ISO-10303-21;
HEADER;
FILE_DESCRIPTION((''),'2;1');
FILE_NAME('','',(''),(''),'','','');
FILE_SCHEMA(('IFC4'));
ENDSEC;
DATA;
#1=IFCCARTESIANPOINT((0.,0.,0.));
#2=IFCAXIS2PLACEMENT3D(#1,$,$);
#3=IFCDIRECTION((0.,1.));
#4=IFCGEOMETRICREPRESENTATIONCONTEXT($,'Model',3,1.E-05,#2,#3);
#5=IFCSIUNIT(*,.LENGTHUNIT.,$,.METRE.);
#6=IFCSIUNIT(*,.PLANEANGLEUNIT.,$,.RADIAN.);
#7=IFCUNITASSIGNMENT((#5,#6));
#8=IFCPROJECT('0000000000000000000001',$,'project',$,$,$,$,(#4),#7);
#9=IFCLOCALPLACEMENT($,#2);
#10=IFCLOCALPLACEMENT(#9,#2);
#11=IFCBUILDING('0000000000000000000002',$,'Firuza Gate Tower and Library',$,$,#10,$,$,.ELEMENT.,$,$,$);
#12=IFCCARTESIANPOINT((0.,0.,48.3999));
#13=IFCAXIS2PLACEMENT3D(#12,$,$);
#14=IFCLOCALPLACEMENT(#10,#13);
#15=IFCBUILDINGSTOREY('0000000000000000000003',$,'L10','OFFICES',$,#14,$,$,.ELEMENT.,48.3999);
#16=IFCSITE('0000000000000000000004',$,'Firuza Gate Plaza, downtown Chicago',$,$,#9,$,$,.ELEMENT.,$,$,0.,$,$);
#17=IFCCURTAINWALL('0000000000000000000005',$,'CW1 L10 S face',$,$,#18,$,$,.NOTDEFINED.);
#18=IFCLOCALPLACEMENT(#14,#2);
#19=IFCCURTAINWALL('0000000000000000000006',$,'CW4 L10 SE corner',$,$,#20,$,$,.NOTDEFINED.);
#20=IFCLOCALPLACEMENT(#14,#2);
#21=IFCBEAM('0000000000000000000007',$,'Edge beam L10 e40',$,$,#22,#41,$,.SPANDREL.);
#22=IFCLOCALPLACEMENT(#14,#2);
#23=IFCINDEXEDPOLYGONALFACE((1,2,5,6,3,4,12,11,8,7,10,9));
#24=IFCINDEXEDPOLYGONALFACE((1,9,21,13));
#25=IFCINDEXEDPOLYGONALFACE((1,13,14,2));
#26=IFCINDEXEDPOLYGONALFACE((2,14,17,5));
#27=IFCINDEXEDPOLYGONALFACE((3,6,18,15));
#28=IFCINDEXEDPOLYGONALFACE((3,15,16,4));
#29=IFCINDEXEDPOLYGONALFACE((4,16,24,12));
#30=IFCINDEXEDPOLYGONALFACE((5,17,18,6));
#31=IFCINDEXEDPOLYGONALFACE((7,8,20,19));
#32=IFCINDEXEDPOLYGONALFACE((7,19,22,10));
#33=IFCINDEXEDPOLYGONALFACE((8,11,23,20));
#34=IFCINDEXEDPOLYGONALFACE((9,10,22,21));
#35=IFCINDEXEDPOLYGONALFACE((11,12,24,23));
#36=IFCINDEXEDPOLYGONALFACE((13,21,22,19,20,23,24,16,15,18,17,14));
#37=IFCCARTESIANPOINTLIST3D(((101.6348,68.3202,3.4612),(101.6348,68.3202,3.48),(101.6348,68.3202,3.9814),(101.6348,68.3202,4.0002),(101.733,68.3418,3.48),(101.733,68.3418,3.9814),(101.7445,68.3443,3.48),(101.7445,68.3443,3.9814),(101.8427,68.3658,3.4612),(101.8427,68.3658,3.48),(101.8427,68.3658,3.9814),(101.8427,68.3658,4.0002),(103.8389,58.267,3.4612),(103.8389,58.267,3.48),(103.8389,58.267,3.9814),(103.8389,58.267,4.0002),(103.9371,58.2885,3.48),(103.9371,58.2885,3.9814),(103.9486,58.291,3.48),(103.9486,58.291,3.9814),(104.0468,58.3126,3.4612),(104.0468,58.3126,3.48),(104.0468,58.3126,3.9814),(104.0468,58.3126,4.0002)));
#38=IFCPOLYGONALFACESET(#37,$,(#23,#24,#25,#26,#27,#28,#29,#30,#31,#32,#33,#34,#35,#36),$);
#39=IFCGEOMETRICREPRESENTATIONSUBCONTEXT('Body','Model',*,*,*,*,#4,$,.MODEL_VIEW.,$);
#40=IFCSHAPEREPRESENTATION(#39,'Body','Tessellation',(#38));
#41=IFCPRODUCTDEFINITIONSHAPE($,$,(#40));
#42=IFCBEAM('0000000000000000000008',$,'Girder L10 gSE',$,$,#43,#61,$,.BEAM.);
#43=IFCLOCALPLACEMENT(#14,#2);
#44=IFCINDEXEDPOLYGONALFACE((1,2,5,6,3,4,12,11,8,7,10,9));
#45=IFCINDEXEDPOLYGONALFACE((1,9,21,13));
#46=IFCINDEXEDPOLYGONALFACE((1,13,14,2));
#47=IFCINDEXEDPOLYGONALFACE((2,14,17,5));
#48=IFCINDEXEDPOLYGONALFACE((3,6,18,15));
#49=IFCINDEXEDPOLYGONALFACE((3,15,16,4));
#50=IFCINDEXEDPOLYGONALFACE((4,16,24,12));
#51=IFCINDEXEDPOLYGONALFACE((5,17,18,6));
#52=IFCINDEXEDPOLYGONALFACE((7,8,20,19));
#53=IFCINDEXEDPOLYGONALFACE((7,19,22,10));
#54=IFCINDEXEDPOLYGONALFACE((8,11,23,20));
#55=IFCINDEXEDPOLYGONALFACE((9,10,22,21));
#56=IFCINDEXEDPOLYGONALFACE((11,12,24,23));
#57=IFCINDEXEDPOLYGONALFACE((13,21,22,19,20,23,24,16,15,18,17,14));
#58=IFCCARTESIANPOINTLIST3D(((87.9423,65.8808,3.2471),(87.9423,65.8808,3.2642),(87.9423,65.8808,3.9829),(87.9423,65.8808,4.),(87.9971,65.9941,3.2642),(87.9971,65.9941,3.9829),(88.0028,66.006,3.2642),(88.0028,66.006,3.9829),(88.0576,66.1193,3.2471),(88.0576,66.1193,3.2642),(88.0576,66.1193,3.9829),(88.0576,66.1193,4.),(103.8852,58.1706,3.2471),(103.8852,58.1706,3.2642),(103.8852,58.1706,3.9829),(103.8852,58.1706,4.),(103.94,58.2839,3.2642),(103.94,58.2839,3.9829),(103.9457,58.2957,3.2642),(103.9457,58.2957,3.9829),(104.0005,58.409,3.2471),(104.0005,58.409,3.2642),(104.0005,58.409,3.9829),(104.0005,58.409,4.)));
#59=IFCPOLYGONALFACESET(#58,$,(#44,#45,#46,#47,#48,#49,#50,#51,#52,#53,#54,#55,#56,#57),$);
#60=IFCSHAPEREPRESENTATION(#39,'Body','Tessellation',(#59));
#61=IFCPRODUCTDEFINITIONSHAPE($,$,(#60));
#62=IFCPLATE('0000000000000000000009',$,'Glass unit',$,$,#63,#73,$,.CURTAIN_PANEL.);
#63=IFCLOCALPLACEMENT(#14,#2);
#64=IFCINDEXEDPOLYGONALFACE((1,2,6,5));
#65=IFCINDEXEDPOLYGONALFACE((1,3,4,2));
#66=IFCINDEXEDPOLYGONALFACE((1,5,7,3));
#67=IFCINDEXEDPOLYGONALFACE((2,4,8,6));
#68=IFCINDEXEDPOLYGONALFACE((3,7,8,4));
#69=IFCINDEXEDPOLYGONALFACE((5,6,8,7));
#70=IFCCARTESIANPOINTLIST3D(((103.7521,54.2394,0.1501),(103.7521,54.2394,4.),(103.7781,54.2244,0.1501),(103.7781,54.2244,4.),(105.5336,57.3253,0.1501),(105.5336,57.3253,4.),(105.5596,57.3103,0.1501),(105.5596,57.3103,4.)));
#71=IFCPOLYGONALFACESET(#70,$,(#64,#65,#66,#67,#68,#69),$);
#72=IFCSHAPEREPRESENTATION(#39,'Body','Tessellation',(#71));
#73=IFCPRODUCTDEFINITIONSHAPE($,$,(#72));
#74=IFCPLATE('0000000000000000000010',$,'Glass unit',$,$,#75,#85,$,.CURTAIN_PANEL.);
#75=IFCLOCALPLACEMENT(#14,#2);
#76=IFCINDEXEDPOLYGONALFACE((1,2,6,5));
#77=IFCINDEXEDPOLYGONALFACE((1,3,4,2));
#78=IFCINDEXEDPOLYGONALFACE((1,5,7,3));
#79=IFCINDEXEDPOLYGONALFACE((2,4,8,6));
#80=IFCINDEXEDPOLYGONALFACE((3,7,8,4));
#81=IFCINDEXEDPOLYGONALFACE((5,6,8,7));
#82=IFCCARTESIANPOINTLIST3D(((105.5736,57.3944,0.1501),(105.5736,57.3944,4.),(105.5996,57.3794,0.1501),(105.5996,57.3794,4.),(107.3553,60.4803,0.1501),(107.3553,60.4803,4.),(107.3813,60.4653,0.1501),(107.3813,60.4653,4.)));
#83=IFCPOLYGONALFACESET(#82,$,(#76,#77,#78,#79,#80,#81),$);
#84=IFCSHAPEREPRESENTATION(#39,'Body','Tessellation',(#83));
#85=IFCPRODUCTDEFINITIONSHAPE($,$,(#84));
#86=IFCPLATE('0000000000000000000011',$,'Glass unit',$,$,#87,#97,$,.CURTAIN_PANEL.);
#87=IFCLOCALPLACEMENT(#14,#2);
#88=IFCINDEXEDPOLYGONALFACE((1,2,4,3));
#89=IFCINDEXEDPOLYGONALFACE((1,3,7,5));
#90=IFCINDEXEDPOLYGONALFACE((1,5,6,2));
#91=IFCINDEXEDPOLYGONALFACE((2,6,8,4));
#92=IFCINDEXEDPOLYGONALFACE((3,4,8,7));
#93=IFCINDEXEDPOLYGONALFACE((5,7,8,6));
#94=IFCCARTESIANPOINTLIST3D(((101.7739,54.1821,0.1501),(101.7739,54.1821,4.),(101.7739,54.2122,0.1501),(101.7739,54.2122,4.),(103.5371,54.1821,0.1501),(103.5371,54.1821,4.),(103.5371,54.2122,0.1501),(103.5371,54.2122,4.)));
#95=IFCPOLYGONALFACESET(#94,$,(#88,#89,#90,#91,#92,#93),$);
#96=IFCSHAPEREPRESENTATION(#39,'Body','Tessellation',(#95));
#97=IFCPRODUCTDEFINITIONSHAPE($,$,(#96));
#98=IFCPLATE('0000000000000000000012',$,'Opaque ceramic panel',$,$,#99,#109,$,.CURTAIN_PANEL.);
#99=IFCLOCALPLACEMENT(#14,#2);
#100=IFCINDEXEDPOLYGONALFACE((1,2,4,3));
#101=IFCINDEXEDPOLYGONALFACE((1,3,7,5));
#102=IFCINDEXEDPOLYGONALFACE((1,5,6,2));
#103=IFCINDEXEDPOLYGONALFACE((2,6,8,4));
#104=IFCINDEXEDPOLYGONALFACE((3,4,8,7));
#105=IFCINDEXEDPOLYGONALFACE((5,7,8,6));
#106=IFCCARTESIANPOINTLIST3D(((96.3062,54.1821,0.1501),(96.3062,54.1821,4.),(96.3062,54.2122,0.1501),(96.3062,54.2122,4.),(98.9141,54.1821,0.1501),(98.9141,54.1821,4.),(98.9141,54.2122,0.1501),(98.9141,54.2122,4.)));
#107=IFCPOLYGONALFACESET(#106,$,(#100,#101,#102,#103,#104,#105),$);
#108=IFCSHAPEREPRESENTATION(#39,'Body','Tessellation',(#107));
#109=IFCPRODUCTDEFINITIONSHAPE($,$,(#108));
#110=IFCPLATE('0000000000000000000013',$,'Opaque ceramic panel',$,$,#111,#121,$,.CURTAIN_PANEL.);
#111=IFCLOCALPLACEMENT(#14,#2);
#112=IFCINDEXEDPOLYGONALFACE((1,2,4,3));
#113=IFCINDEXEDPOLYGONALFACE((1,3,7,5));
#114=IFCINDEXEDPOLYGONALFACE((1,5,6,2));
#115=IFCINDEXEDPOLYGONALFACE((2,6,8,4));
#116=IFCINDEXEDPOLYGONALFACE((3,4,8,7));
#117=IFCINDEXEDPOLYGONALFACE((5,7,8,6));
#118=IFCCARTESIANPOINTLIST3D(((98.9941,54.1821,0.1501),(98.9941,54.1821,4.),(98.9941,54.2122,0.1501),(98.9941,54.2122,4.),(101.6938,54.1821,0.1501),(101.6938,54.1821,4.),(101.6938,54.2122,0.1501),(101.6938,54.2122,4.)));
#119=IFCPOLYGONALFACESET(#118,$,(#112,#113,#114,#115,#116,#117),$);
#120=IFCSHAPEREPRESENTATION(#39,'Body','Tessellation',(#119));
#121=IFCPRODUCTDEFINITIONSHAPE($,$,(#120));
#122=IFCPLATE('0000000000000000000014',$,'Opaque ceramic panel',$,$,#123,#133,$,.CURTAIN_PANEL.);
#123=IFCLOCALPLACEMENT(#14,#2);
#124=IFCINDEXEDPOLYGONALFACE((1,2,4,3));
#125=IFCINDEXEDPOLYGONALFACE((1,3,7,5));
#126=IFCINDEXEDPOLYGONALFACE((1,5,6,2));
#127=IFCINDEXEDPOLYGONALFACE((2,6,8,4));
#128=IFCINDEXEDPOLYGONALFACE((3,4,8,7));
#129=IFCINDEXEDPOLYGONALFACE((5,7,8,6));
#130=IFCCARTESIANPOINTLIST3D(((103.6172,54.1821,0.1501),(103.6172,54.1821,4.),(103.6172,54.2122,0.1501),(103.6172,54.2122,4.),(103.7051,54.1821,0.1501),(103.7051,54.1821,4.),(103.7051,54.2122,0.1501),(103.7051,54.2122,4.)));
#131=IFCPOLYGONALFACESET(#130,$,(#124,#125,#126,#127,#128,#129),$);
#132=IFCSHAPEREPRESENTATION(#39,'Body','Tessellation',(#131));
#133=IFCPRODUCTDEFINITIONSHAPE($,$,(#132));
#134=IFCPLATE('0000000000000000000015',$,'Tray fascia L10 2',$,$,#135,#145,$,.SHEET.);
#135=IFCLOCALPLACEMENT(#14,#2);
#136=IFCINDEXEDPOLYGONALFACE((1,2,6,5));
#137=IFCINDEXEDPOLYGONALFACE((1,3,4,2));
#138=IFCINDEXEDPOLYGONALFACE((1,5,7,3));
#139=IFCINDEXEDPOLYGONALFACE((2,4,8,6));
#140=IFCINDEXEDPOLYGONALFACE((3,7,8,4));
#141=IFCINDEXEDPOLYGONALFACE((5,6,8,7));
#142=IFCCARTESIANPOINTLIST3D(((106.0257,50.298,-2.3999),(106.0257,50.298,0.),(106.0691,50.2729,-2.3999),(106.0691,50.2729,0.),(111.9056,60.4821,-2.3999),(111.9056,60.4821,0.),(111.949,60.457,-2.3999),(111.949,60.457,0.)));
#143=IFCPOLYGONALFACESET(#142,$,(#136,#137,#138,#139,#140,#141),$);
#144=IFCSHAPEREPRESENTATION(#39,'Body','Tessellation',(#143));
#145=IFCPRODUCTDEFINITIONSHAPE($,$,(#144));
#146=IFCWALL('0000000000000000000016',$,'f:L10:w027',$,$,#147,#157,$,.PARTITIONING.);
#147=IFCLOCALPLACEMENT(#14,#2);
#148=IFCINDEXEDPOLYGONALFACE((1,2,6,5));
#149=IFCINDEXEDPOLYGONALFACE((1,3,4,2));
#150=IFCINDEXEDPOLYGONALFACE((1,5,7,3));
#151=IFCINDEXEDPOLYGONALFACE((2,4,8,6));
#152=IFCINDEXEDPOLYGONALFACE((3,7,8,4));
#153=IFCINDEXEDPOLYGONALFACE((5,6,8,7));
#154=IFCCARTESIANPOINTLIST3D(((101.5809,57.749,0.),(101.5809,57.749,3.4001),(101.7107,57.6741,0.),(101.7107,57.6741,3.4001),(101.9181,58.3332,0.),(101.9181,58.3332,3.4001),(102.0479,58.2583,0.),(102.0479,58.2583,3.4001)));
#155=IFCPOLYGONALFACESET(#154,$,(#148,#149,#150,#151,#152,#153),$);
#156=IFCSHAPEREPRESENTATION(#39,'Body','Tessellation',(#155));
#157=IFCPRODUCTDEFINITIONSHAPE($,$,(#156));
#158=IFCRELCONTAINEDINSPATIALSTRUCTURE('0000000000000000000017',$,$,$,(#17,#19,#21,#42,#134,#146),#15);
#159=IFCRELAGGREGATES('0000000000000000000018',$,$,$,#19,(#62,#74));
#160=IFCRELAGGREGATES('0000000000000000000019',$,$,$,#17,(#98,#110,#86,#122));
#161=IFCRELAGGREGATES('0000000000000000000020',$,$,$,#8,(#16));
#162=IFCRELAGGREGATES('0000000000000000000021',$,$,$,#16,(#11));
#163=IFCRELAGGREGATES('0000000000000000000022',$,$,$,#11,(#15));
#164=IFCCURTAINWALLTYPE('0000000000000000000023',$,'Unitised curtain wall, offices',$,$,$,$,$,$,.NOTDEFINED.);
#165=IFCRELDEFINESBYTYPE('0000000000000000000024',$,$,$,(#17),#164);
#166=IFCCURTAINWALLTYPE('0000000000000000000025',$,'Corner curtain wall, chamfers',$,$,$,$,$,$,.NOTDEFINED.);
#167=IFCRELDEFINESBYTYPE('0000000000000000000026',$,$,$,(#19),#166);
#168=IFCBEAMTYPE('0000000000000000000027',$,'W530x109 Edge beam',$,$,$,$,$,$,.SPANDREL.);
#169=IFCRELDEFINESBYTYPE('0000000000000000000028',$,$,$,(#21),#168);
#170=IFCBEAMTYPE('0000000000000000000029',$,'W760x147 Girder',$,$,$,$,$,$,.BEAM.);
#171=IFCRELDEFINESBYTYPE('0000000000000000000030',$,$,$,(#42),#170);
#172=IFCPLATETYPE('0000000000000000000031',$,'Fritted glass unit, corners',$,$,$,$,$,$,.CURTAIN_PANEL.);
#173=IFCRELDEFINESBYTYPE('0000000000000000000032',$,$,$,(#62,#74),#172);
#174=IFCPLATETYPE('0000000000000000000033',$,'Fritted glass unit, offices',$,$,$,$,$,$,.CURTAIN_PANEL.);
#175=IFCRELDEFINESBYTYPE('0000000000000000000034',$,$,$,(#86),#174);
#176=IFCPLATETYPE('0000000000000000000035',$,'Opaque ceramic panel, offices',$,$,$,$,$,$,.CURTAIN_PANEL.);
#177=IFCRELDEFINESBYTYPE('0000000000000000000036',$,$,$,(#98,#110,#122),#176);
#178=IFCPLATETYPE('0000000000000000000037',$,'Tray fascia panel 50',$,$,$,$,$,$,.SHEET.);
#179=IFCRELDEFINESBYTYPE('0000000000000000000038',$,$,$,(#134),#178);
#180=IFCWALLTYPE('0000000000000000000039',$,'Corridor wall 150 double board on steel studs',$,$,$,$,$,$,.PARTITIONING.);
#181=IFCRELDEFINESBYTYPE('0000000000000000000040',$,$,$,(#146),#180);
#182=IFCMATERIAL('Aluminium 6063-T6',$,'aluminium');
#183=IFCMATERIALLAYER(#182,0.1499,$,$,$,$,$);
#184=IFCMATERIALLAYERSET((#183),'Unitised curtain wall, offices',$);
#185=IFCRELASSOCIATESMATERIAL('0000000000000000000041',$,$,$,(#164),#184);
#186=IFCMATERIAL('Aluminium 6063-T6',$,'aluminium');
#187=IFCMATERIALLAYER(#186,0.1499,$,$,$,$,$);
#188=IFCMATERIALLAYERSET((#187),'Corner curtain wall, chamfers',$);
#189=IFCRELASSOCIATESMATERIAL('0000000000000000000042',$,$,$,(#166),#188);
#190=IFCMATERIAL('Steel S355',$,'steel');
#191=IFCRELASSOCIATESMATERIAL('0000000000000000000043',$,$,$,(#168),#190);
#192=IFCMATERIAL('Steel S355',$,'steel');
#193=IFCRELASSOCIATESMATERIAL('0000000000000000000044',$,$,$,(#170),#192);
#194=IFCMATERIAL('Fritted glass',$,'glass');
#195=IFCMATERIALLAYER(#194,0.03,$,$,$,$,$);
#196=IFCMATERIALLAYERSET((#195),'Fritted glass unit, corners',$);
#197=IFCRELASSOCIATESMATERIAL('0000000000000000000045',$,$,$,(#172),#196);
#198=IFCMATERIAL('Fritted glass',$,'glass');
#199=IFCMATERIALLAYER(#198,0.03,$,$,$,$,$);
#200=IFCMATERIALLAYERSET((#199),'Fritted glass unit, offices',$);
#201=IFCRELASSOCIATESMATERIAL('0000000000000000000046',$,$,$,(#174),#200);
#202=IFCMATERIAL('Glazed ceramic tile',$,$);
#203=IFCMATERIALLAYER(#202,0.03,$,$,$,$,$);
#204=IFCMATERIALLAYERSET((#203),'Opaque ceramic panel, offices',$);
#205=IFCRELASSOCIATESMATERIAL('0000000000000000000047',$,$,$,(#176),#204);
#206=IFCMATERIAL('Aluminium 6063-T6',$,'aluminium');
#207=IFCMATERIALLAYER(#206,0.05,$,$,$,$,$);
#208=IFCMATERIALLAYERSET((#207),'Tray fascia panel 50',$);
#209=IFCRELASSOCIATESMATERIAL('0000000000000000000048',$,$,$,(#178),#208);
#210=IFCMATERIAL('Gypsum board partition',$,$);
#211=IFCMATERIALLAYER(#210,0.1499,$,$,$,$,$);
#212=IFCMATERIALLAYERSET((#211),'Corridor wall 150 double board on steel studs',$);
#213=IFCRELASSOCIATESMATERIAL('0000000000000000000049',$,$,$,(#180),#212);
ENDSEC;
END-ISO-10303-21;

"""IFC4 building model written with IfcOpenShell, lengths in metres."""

from ifc_helpers import new_model, si_unit, direction, frame, frame_2d, origin, origin_2d, place, context, subcontext, project, spatial, polyline, rectangle, i_section, outline, extrude, material, layer, layer_set, material_profile, profile_set, type_object, element, aggregate, save


model = new_model("IFC4")

# Units and contexts
model_context = context("Model", 3, precision=1e-05, world=origin(), true_north=direction((0.0, 1.0)))
body_context = subcontext(model_context, "Body", "Model", "MODEL_VIEW")
ifc_project = project(units=[si_unit("LENGTHUNIT", "METRE"), si_unit("PLANEANGLEUNIT", "RADIAN")], contexts=[model_context])

# Site, building, storey
site_placement = place(None, origin())
site = spatial("IfcSite", under=ifc_project, at=site_placement, Name="Firuza Gate Plaza, downtown Chicago", CompositionType="ELEMENT", RefElevation=0.0)
building_placement = place(site_placement, origin())
building = spatial("IfcBuilding", under=site, at=building_placement, Name="Firuza Gate Tower and Library", CompositionType="ELEMENT")
storey_placement = place(building_placement, frame((0.0, 0.0, 48.3999)))
storey = spatial("IfcBuildingStorey", under=building, at=storey_placement, Name="L10", Description="OFFICES", CompositionType="ELEMENT", Elevation=48.3999)

# Curtain walls
ifc_material_1 = material(Name="Aluminium 6063-T6", Category="aluminium")
ifc_layer_1 = layer(ifc_material_1, 0.1499)
ifc_layer_set_1 = layer_set([ifc_layer_1], Name="Unitised curtain wall, offices")
curtain_wall_type_1 = type_object("IfcCurtainWallType", Name="Unitised curtain wall, offices", PredefinedType="NOTDEFINED", material=ifc_layer_set_1)
placement = place(storey_placement, origin())
curtain_wall_1 = element("IfcCurtainWall", 1, at=placement, inside=storey, type_object=curtain_wall_type_1, Name="CW1 L10 S face", PredefinedType="NOTDEFINED")
ifc_material_2 = material(Name="Aluminium 6063-T6", Category="aluminium")
ifc_layer_2 = layer(ifc_material_2, 0.1499)
ifc_layer_set_2 = layer_set([ifc_layer_2], Name="Corner curtain wall, chamfers")
curtain_wall_type_2 = type_object("IfcCurtainWallType", Name="Corner curtain wall, chamfers", PredefinedType="NOTDEFINED", material=ifc_layer_set_2)
curtain_wall_2 = element("IfcCurtainWall", 2, at=placement, inside=storey, type_object=curtain_wall_type_2, Name="CW4 L10 SE corner", PredefinedType="NOTDEFINED")

# Beams
ifc_material_3 = material(Name="Steel S355", Category="steel")
ifc_material_profile_1 = material_profile(ifc_material_3, i_section(OverallWidth=0.2129, OverallDepth=0.5391, WebThickness=0.0117, FlangeThickness=0.0188, at=origin_2d()))
ifc_profile_set_1 = profile_set([ifc_material_profile_1], Name="Steel S355")
beam_type_1 = type_object("IfcBeamType", Name="W530x109 Edge beam", PredefinedType="SPANDREL", material=ifc_profile_set_1)
beam_1_placement = place(storey_placement, frame((103.9429, 58.2898, 3.7307), z_axis=(-0.214157, 0.976799, 0.0), x_axis=(-0.976799, -0.214157, 0.0)))
element("IfcBeam", 3, at=beam_1_placement, inside=storey, type_object=beam_type_1, Name="Edge beam L10 e40", PredefinedType="SPANDREL", context=body_context, shape_type="SweptSolid", body=[
    extrude(i_section(OverallWidth=0.2129, OverallDepth=0.5391, WebThickness=0.0117, FlangeThickness=0.0188, at=origin_2d()), origin(), (0.0, 0.0, 1.0), 10.292),
])
ifc_material_4 = material(Name="Steel S355", Category="steel")
ifc_material_profile_2 = material_profile(ifc_material_4, i_section(OverallWidth=0.2649, OverallDepth=0.7529, WebThickness=0.0132, FlangeThickness=0.0171, at=origin_2d()))
ifc_profile_set_2 = profile_set([ifc_material_profile_2], Name="Steel S355")
beam_type_2 = type_object("IfcBeamType", Name="W760x147 Girder", PredefinedType="BEAM", material=ifc_profile_set_2)
beam_2_placement = place(storey_placement, frame((103.9429, 58.2898, 3.6235), z_axis=(-0.90025, 0.435374, 0.0), x_axis=(-0.435374, -0.90025, 0.0)))
element("IfcBeam", 4, at=beam_2_placement, inside=storey, type_object=beam_type_2, Name="Girder L10 gSE", PredefinedType="BEAM", context=body_context, shape_type="SweptSolid", body=[
    extrude(i_section(OverallWidth=0.2649, OverallDepth=0.7529, WebThickness=0.0132, FlangeThickness=0.0171, at=origin_2d()), origin(), (0.0, 0.0, 1.0), 17.7095),
])

# Plates
ifc_material_5 = material(Name="Fritted glass", Category="glass")
ifc_layer_3 = layer(ifc_material_5, 0.03)
ifc_layer_set_3 = layer_set([ifc_layer_3], Name="Fritted glass unit, corners")
plate_type_1 = type_object("IfcPlateType", Name="Fritted glass unit, corners", PredefinedType="CURTAIN_PANEL", material=ifc_layer_set_3)
plate_1_placement = place(storey_placement, frame((103.7781, 54.2244, 0.1501), z_axis=(0.866046, -0.499964, 0.0), x_axis=(0.499964, 0.866046, 0.0)))
plate_1 = element("IfcPlate", 5, at=plate_1_placement, type_object=plate_type_1, Name="Glass unit", PredefinedType="CURTAIN_PANEL", context=body_context, shape_type="SweptSolid", body=[
    extrude(outline(polyline([(0.0, 0.0), (3.5632, 0.0), (3.5632, 3.8499), (0.0, 3.8499), (0.0, 0.0)])), origin(), (0.0, 0.0, -1.0), 0.03),
])
plate_2_placement = place(storey_placement, frame((105.5996, 57.3794, 0.1501), z_axis=(0.866017, -0.500015, 0.0), x_axis=(0.500015, 0.866017, 0.0)))
plate_2 = element("IfcPlate", 6, at=plate_2_placement, type_object=plate_type_1, Name="Glass unit", PredefinedType="CURTAIN_PANEL", context=body_context, shape_type="SweptSolid", body=[
    extrude(outline(polyline([(0.0, 0.0), (3.5634, 0.0), (3.5634, 3.8499), (0.0, 3.8499), (0.0, 0.0)])), origin(), (0.0, 0.0, -1.0), 0.03),
])
aggregate(curtain_wall_2, [plate_1, plate_2])
ifc_material_6 = material(Name="Fritted glass", Category="glass")
ifc_layer_4 = layer(ifc_material_6, 0.03)
ifc_layer_set_4 = layer_set([ifc_layer_4], Name="Fritted glass unit, offices")
plate_type_2 = type_object("IfcPlateType", Name="Fritted glass unit, offices", PredefinedType="CURTAIN_PANEL", material=ifc_layer_set_4)
plate_3_placement = place(storey_placement, frame((101.7739, 54.1821, 0.1501), z_axis=(0.0, -1.0, 0.0), x_axis=(1.0, 0.0, 0.0)))
plate_3 = element("IfcPlate", 7, at=plate_3_placement, type_object=plate_type_2, Name="Glass unit", PredefinedType="CURTAIN_PANEL", context=body_context, shape_type="SweptSolid", body=[
    extrude(outline(polyline([(0.0, 0.0), (1.7632, 0.0), (1.7632, 3.8499), (0.0, 3.8499), (0.0, 0.0)])), origin(), (0.0, 0.0, -1.0), 0.03),
])
ifc_material_7 = material(Name="Glazed ceramic tile")
ifc_layer_5 = layer(ifc_material_7, 0.03)
ifc_layer_set_5 = layer_set([ifc_layer_5], Name="Opaque ceramic panel, offices")
plate_type_3 = type_object("IfcPlateType", Name="Opaque ceramic panel, offices", PredefinedType="CURTAIN_PANEL", material=ifc_layer_set_5)
plate_4_placement = place(storey_placement, frame((96.3062, 54.1821, 0.1501), z_axis=(0.0, -1.0, 0.0), x_axis=(1.0, 0.0, 0.0)))
plate_4 = element("IfcPlate", 8, at=plate_4_placement, type_object=plate_type_3, Name="Opaque ceramic panel", PredefinedType="CURTAIN_PANEL", context=body_context, shape_type="SweptSolid", body=[
    extrude(outline(polyline([(0.0, 0.0), (2.6079, 0.0), (2.6079, 3.8499), (0.0, 3.8499), (0.0, 0.0)])), origin(), (0.0, 0.0, -1.0), 0.03),
])
plate_5_placement = place(storey_placement, frame((98.9941, 54.1821, 0.1501), z_axis=(0.0, -1.0, 0.0), x_axis=(1.0, 0.0, 0.0)))
plate_5 = element("IfcPlate", 9, at=plate_5_placement, type_object=plate_type_3, Name="Opaque ceramic panel", PredefinedType="CURTAIN_PANEL", context=body_context, shape_type="SweptSolid", body=[
    extrude(outline(polyline([(0.0, 0.0), (2.6997, 0.0), (2.6997, 3.8499), (0.0, 3.8499), (0.0, 0.0)])), origin(), (0.0, 0.0, -1.0), 0.03),
])
plate_6_placement = place(storey_placement, frame((103.6172, 54.1821, 0.1501), z_axis=(0.0, -1.0, 0.0), x_axis=(1.0, 0.0, 0.0)))
plate_6 = element("IfcPlate", 10, at=plate_6_placement, type_object=plate_type_3, Name="Opaque ceramic panel", PredefinedType="CURTAIN_PANEL", context=body_context, shape_type="SweptSolid", body=[
    extrude(outline(polyline([(0.0, 0.0), (0.0879, 0.0), (0.0879, 3.8499), (0.0, 3.8499), (0.0, 0.0)])), origin(), (0.0, 0.0, -1.0), 0.03),
])
aggregate(curtain_wall_1, [plate_4, plate_5, plate_3, plate_6])
ifc_material_8 = material(Name="Aluminium 6063-T6", Category="aluminium")
ifc_layer_6 = layer(ifc_material_8, 0.05)
ifc_layer_set_6 = layer_set([ifc_layer_6], Name="Tray fascia panel 50")
plate_type_4 = type_object("IfcPlateType", Name="Tray fascia panel 50", PredefinedType="SHEET", material=ifc_layer_set_6)
plate_7_placement = place(storey_placement, frame((106.0691, 50.2729, -2.3999), z_axis=(0.866022, -0.500006, 0.0), x_axis=(0.500006, 0.866022, 0.0)))
element("IfcPlate", 11, at=plate_7_placement, inside=storey, type_object=plate_type_4, Name="Tray fascia L10 2", PredefinedType="SHEET", context=body_context, shape_type="SweptSolid", body=[
    extrude(outline(polyline([(0.0, 0.0), (11.7596, 0.0), (11.7596, 2.3999), (0.0, 2.3999), (0.0, 0.0)])), origin(), (0.0, 0.0, -1.0), 0.05),
])

# Wall
ifc_material_9 = material(Name="Gypsum board partition")
ifc_layer_7 = layer(ifc_material_9, 0.1499)
ifc_layer_set_7 = layer_set([ifc_layer_7], Name="Corridor wall 150 double board on steel studs")
wall_type_1 = type_object("IfcWallType", Name="Corridor wall 150 double board on steel studs", PredefinedType="PARTITIONING", material=ifc_layer_set_7)
wall_1_placement = place(storey_placement, frame((101.6458, 57.7114, 0.0), z_axis=(0.0, 0.0, 1.0), x_axis=(0.499837, 0.866119, 0.0)))
element("IfcWall", 12, at=wall_1_placement, inside=storey, type_object=wall_type_1, Name="f:L10:w027", PredefinedType="PARTITIONING", context=body_context, shape_type="SweptSolid", body=[
    extrude(rectangle(XDim=0.6746, YDim=0.1499, at=frame_2d((0.3374, 0.0))), origin(), (0.0, 0.0, 1.0), 3.4001),
])

save(model, "model.ifc")
